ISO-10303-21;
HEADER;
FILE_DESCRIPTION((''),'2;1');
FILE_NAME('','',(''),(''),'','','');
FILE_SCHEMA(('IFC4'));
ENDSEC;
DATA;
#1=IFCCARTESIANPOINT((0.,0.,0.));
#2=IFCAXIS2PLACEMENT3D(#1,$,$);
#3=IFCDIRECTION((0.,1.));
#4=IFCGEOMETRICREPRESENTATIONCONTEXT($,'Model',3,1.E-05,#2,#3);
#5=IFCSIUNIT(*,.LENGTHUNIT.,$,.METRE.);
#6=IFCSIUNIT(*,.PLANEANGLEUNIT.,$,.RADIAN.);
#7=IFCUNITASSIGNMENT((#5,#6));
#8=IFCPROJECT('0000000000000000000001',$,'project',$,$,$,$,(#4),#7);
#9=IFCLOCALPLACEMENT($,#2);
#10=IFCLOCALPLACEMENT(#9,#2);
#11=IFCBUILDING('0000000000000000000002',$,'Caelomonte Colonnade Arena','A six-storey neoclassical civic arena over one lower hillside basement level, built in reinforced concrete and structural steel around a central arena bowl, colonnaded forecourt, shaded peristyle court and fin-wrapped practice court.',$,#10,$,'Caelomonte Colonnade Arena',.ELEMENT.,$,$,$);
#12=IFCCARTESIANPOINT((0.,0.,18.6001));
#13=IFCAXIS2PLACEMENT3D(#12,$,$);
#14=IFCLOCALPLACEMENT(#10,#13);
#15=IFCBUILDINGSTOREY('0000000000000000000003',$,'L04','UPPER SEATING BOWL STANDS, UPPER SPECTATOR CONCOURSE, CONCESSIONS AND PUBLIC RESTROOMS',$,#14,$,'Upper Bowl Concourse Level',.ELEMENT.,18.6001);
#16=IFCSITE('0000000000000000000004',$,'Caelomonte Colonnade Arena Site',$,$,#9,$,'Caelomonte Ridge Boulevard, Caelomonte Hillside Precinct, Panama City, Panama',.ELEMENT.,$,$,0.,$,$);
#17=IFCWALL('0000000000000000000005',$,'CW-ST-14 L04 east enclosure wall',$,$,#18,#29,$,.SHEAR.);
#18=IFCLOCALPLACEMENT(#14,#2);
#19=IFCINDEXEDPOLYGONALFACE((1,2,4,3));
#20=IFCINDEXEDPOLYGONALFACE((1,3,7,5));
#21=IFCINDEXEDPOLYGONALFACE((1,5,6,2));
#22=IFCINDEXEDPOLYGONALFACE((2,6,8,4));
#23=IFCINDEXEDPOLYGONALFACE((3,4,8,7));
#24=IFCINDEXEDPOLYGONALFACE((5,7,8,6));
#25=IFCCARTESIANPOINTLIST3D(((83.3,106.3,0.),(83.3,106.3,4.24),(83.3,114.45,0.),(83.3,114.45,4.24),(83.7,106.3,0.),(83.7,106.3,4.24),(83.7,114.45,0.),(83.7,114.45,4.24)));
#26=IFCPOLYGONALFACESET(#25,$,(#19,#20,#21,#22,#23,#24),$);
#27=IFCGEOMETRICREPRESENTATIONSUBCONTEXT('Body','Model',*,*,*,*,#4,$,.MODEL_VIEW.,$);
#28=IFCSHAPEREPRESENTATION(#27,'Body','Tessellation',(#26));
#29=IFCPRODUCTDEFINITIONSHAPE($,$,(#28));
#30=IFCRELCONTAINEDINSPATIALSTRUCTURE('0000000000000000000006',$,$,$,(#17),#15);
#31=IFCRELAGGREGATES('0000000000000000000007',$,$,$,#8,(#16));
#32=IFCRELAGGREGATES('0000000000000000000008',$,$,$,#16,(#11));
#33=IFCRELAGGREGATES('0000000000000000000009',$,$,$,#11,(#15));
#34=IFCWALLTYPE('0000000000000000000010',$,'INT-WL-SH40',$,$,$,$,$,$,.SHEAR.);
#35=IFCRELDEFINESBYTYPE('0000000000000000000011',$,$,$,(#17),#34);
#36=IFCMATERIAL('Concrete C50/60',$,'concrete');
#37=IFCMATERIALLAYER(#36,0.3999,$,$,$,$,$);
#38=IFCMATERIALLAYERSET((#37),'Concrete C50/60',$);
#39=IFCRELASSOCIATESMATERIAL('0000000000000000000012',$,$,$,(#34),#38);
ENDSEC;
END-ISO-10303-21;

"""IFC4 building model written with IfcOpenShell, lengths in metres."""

from ifc_helpers import new_model, si_unit, direction, frame, frame_2d, origin, place, context, subcontext, project, spatial, rectangle, extrude, material, layer, layer_set, type_object, element, save


model = new_model("IFC4")

# Units and contexts
model_context = context("Model", 3, precision=1e-05, world=origin(), true_north=direction((0.0, 1.0)))
body_context = subcontext(model_context, "Body", "Model", "MODEL_VIEW")
ifc_project = project(units=[si_unit("LENGTHUNIT", "METRE"), si_unit("PLANEANGLEUNIT", "RADIAN")], contexts=[model_context])

# Site, building, storey
site_placement = place(None, origin())
site = spatial("IfcSite", under=ifc_project, at=site_placement, Name="Caelomonte Colonnade Arena Site", LongName="Caelomonte Ridge Boulevard, Caelomonte Hillside Precinct, Panama City, Panama", CompositionType="ELEMENT", RefElevation=0.0)
building_placement = place(site_placement, origin())
building = spatial("IfcBuilding", under=site, at=building_placement, Name="Caelomonte Colonnade Arena", Description="A six-storey neoclassical civic arena over one lower hillside basement level, built in reinforced concrete and structural steel around a central arena bowl, colonnaded forecourt, shaded peristyle court and fin-wrapped practice court.", LongName="Caelomonte Colonnade Arena", CompositionType="ELEMENT")
storey_placement = place(building_placement, frame((0.0, 0.0, 18.6001)))
storey = spatial("IfcBuildingStorey", under=building, at=storey_placement, Name="L04", Description="UPPER SEATING BOWL STANDS, UPPER SPECTATOR CONCOURSE, CONCESSIONS AND PUBLIC RESTROOMS", LongName="Upper Bowl Concourse Level", CompositionType="ELEMENT", Elevation=18.6001)

# Shared definitions
ifc_material_1 = material(Name="Concrete C50/60", Category="concrete")

# Shared definitions
ifc_layer_1 = layer(ifc_material_1, 0.3999)
ifc_layer_set_1 = layer_set([ifc_layer_1], Name="Concrete C50/60")
wall_type = type_object("IfcWallType", Name="INT-WL-SH40", PredefinedType="SHEAR", material=ifc_layer_set_1)

# Wall
wall_1_placement = place(storey_placement, frame((83.5, 106.3, 0.0), z_axis=(0.0, 0.0, 1.0), x_axis=(0.0, 1.0, 0.0)))
element("IfcWall", 1, at=wall_1_placement, inside=storey, type_object=wall_type, Name="CW-ST-14 L04 east enclosure wall", PredefinedType="SHEAR", context=body_context, shape_type="SweptSolid", body=[
    extrude(rectangle(XDim=8.1499, YDim=0.3999, at=frame_2d((4.075, 0.0))), origin(), (0.0, 0.0, 1.0), 4.24),
])

save(model, "model.ifc")
